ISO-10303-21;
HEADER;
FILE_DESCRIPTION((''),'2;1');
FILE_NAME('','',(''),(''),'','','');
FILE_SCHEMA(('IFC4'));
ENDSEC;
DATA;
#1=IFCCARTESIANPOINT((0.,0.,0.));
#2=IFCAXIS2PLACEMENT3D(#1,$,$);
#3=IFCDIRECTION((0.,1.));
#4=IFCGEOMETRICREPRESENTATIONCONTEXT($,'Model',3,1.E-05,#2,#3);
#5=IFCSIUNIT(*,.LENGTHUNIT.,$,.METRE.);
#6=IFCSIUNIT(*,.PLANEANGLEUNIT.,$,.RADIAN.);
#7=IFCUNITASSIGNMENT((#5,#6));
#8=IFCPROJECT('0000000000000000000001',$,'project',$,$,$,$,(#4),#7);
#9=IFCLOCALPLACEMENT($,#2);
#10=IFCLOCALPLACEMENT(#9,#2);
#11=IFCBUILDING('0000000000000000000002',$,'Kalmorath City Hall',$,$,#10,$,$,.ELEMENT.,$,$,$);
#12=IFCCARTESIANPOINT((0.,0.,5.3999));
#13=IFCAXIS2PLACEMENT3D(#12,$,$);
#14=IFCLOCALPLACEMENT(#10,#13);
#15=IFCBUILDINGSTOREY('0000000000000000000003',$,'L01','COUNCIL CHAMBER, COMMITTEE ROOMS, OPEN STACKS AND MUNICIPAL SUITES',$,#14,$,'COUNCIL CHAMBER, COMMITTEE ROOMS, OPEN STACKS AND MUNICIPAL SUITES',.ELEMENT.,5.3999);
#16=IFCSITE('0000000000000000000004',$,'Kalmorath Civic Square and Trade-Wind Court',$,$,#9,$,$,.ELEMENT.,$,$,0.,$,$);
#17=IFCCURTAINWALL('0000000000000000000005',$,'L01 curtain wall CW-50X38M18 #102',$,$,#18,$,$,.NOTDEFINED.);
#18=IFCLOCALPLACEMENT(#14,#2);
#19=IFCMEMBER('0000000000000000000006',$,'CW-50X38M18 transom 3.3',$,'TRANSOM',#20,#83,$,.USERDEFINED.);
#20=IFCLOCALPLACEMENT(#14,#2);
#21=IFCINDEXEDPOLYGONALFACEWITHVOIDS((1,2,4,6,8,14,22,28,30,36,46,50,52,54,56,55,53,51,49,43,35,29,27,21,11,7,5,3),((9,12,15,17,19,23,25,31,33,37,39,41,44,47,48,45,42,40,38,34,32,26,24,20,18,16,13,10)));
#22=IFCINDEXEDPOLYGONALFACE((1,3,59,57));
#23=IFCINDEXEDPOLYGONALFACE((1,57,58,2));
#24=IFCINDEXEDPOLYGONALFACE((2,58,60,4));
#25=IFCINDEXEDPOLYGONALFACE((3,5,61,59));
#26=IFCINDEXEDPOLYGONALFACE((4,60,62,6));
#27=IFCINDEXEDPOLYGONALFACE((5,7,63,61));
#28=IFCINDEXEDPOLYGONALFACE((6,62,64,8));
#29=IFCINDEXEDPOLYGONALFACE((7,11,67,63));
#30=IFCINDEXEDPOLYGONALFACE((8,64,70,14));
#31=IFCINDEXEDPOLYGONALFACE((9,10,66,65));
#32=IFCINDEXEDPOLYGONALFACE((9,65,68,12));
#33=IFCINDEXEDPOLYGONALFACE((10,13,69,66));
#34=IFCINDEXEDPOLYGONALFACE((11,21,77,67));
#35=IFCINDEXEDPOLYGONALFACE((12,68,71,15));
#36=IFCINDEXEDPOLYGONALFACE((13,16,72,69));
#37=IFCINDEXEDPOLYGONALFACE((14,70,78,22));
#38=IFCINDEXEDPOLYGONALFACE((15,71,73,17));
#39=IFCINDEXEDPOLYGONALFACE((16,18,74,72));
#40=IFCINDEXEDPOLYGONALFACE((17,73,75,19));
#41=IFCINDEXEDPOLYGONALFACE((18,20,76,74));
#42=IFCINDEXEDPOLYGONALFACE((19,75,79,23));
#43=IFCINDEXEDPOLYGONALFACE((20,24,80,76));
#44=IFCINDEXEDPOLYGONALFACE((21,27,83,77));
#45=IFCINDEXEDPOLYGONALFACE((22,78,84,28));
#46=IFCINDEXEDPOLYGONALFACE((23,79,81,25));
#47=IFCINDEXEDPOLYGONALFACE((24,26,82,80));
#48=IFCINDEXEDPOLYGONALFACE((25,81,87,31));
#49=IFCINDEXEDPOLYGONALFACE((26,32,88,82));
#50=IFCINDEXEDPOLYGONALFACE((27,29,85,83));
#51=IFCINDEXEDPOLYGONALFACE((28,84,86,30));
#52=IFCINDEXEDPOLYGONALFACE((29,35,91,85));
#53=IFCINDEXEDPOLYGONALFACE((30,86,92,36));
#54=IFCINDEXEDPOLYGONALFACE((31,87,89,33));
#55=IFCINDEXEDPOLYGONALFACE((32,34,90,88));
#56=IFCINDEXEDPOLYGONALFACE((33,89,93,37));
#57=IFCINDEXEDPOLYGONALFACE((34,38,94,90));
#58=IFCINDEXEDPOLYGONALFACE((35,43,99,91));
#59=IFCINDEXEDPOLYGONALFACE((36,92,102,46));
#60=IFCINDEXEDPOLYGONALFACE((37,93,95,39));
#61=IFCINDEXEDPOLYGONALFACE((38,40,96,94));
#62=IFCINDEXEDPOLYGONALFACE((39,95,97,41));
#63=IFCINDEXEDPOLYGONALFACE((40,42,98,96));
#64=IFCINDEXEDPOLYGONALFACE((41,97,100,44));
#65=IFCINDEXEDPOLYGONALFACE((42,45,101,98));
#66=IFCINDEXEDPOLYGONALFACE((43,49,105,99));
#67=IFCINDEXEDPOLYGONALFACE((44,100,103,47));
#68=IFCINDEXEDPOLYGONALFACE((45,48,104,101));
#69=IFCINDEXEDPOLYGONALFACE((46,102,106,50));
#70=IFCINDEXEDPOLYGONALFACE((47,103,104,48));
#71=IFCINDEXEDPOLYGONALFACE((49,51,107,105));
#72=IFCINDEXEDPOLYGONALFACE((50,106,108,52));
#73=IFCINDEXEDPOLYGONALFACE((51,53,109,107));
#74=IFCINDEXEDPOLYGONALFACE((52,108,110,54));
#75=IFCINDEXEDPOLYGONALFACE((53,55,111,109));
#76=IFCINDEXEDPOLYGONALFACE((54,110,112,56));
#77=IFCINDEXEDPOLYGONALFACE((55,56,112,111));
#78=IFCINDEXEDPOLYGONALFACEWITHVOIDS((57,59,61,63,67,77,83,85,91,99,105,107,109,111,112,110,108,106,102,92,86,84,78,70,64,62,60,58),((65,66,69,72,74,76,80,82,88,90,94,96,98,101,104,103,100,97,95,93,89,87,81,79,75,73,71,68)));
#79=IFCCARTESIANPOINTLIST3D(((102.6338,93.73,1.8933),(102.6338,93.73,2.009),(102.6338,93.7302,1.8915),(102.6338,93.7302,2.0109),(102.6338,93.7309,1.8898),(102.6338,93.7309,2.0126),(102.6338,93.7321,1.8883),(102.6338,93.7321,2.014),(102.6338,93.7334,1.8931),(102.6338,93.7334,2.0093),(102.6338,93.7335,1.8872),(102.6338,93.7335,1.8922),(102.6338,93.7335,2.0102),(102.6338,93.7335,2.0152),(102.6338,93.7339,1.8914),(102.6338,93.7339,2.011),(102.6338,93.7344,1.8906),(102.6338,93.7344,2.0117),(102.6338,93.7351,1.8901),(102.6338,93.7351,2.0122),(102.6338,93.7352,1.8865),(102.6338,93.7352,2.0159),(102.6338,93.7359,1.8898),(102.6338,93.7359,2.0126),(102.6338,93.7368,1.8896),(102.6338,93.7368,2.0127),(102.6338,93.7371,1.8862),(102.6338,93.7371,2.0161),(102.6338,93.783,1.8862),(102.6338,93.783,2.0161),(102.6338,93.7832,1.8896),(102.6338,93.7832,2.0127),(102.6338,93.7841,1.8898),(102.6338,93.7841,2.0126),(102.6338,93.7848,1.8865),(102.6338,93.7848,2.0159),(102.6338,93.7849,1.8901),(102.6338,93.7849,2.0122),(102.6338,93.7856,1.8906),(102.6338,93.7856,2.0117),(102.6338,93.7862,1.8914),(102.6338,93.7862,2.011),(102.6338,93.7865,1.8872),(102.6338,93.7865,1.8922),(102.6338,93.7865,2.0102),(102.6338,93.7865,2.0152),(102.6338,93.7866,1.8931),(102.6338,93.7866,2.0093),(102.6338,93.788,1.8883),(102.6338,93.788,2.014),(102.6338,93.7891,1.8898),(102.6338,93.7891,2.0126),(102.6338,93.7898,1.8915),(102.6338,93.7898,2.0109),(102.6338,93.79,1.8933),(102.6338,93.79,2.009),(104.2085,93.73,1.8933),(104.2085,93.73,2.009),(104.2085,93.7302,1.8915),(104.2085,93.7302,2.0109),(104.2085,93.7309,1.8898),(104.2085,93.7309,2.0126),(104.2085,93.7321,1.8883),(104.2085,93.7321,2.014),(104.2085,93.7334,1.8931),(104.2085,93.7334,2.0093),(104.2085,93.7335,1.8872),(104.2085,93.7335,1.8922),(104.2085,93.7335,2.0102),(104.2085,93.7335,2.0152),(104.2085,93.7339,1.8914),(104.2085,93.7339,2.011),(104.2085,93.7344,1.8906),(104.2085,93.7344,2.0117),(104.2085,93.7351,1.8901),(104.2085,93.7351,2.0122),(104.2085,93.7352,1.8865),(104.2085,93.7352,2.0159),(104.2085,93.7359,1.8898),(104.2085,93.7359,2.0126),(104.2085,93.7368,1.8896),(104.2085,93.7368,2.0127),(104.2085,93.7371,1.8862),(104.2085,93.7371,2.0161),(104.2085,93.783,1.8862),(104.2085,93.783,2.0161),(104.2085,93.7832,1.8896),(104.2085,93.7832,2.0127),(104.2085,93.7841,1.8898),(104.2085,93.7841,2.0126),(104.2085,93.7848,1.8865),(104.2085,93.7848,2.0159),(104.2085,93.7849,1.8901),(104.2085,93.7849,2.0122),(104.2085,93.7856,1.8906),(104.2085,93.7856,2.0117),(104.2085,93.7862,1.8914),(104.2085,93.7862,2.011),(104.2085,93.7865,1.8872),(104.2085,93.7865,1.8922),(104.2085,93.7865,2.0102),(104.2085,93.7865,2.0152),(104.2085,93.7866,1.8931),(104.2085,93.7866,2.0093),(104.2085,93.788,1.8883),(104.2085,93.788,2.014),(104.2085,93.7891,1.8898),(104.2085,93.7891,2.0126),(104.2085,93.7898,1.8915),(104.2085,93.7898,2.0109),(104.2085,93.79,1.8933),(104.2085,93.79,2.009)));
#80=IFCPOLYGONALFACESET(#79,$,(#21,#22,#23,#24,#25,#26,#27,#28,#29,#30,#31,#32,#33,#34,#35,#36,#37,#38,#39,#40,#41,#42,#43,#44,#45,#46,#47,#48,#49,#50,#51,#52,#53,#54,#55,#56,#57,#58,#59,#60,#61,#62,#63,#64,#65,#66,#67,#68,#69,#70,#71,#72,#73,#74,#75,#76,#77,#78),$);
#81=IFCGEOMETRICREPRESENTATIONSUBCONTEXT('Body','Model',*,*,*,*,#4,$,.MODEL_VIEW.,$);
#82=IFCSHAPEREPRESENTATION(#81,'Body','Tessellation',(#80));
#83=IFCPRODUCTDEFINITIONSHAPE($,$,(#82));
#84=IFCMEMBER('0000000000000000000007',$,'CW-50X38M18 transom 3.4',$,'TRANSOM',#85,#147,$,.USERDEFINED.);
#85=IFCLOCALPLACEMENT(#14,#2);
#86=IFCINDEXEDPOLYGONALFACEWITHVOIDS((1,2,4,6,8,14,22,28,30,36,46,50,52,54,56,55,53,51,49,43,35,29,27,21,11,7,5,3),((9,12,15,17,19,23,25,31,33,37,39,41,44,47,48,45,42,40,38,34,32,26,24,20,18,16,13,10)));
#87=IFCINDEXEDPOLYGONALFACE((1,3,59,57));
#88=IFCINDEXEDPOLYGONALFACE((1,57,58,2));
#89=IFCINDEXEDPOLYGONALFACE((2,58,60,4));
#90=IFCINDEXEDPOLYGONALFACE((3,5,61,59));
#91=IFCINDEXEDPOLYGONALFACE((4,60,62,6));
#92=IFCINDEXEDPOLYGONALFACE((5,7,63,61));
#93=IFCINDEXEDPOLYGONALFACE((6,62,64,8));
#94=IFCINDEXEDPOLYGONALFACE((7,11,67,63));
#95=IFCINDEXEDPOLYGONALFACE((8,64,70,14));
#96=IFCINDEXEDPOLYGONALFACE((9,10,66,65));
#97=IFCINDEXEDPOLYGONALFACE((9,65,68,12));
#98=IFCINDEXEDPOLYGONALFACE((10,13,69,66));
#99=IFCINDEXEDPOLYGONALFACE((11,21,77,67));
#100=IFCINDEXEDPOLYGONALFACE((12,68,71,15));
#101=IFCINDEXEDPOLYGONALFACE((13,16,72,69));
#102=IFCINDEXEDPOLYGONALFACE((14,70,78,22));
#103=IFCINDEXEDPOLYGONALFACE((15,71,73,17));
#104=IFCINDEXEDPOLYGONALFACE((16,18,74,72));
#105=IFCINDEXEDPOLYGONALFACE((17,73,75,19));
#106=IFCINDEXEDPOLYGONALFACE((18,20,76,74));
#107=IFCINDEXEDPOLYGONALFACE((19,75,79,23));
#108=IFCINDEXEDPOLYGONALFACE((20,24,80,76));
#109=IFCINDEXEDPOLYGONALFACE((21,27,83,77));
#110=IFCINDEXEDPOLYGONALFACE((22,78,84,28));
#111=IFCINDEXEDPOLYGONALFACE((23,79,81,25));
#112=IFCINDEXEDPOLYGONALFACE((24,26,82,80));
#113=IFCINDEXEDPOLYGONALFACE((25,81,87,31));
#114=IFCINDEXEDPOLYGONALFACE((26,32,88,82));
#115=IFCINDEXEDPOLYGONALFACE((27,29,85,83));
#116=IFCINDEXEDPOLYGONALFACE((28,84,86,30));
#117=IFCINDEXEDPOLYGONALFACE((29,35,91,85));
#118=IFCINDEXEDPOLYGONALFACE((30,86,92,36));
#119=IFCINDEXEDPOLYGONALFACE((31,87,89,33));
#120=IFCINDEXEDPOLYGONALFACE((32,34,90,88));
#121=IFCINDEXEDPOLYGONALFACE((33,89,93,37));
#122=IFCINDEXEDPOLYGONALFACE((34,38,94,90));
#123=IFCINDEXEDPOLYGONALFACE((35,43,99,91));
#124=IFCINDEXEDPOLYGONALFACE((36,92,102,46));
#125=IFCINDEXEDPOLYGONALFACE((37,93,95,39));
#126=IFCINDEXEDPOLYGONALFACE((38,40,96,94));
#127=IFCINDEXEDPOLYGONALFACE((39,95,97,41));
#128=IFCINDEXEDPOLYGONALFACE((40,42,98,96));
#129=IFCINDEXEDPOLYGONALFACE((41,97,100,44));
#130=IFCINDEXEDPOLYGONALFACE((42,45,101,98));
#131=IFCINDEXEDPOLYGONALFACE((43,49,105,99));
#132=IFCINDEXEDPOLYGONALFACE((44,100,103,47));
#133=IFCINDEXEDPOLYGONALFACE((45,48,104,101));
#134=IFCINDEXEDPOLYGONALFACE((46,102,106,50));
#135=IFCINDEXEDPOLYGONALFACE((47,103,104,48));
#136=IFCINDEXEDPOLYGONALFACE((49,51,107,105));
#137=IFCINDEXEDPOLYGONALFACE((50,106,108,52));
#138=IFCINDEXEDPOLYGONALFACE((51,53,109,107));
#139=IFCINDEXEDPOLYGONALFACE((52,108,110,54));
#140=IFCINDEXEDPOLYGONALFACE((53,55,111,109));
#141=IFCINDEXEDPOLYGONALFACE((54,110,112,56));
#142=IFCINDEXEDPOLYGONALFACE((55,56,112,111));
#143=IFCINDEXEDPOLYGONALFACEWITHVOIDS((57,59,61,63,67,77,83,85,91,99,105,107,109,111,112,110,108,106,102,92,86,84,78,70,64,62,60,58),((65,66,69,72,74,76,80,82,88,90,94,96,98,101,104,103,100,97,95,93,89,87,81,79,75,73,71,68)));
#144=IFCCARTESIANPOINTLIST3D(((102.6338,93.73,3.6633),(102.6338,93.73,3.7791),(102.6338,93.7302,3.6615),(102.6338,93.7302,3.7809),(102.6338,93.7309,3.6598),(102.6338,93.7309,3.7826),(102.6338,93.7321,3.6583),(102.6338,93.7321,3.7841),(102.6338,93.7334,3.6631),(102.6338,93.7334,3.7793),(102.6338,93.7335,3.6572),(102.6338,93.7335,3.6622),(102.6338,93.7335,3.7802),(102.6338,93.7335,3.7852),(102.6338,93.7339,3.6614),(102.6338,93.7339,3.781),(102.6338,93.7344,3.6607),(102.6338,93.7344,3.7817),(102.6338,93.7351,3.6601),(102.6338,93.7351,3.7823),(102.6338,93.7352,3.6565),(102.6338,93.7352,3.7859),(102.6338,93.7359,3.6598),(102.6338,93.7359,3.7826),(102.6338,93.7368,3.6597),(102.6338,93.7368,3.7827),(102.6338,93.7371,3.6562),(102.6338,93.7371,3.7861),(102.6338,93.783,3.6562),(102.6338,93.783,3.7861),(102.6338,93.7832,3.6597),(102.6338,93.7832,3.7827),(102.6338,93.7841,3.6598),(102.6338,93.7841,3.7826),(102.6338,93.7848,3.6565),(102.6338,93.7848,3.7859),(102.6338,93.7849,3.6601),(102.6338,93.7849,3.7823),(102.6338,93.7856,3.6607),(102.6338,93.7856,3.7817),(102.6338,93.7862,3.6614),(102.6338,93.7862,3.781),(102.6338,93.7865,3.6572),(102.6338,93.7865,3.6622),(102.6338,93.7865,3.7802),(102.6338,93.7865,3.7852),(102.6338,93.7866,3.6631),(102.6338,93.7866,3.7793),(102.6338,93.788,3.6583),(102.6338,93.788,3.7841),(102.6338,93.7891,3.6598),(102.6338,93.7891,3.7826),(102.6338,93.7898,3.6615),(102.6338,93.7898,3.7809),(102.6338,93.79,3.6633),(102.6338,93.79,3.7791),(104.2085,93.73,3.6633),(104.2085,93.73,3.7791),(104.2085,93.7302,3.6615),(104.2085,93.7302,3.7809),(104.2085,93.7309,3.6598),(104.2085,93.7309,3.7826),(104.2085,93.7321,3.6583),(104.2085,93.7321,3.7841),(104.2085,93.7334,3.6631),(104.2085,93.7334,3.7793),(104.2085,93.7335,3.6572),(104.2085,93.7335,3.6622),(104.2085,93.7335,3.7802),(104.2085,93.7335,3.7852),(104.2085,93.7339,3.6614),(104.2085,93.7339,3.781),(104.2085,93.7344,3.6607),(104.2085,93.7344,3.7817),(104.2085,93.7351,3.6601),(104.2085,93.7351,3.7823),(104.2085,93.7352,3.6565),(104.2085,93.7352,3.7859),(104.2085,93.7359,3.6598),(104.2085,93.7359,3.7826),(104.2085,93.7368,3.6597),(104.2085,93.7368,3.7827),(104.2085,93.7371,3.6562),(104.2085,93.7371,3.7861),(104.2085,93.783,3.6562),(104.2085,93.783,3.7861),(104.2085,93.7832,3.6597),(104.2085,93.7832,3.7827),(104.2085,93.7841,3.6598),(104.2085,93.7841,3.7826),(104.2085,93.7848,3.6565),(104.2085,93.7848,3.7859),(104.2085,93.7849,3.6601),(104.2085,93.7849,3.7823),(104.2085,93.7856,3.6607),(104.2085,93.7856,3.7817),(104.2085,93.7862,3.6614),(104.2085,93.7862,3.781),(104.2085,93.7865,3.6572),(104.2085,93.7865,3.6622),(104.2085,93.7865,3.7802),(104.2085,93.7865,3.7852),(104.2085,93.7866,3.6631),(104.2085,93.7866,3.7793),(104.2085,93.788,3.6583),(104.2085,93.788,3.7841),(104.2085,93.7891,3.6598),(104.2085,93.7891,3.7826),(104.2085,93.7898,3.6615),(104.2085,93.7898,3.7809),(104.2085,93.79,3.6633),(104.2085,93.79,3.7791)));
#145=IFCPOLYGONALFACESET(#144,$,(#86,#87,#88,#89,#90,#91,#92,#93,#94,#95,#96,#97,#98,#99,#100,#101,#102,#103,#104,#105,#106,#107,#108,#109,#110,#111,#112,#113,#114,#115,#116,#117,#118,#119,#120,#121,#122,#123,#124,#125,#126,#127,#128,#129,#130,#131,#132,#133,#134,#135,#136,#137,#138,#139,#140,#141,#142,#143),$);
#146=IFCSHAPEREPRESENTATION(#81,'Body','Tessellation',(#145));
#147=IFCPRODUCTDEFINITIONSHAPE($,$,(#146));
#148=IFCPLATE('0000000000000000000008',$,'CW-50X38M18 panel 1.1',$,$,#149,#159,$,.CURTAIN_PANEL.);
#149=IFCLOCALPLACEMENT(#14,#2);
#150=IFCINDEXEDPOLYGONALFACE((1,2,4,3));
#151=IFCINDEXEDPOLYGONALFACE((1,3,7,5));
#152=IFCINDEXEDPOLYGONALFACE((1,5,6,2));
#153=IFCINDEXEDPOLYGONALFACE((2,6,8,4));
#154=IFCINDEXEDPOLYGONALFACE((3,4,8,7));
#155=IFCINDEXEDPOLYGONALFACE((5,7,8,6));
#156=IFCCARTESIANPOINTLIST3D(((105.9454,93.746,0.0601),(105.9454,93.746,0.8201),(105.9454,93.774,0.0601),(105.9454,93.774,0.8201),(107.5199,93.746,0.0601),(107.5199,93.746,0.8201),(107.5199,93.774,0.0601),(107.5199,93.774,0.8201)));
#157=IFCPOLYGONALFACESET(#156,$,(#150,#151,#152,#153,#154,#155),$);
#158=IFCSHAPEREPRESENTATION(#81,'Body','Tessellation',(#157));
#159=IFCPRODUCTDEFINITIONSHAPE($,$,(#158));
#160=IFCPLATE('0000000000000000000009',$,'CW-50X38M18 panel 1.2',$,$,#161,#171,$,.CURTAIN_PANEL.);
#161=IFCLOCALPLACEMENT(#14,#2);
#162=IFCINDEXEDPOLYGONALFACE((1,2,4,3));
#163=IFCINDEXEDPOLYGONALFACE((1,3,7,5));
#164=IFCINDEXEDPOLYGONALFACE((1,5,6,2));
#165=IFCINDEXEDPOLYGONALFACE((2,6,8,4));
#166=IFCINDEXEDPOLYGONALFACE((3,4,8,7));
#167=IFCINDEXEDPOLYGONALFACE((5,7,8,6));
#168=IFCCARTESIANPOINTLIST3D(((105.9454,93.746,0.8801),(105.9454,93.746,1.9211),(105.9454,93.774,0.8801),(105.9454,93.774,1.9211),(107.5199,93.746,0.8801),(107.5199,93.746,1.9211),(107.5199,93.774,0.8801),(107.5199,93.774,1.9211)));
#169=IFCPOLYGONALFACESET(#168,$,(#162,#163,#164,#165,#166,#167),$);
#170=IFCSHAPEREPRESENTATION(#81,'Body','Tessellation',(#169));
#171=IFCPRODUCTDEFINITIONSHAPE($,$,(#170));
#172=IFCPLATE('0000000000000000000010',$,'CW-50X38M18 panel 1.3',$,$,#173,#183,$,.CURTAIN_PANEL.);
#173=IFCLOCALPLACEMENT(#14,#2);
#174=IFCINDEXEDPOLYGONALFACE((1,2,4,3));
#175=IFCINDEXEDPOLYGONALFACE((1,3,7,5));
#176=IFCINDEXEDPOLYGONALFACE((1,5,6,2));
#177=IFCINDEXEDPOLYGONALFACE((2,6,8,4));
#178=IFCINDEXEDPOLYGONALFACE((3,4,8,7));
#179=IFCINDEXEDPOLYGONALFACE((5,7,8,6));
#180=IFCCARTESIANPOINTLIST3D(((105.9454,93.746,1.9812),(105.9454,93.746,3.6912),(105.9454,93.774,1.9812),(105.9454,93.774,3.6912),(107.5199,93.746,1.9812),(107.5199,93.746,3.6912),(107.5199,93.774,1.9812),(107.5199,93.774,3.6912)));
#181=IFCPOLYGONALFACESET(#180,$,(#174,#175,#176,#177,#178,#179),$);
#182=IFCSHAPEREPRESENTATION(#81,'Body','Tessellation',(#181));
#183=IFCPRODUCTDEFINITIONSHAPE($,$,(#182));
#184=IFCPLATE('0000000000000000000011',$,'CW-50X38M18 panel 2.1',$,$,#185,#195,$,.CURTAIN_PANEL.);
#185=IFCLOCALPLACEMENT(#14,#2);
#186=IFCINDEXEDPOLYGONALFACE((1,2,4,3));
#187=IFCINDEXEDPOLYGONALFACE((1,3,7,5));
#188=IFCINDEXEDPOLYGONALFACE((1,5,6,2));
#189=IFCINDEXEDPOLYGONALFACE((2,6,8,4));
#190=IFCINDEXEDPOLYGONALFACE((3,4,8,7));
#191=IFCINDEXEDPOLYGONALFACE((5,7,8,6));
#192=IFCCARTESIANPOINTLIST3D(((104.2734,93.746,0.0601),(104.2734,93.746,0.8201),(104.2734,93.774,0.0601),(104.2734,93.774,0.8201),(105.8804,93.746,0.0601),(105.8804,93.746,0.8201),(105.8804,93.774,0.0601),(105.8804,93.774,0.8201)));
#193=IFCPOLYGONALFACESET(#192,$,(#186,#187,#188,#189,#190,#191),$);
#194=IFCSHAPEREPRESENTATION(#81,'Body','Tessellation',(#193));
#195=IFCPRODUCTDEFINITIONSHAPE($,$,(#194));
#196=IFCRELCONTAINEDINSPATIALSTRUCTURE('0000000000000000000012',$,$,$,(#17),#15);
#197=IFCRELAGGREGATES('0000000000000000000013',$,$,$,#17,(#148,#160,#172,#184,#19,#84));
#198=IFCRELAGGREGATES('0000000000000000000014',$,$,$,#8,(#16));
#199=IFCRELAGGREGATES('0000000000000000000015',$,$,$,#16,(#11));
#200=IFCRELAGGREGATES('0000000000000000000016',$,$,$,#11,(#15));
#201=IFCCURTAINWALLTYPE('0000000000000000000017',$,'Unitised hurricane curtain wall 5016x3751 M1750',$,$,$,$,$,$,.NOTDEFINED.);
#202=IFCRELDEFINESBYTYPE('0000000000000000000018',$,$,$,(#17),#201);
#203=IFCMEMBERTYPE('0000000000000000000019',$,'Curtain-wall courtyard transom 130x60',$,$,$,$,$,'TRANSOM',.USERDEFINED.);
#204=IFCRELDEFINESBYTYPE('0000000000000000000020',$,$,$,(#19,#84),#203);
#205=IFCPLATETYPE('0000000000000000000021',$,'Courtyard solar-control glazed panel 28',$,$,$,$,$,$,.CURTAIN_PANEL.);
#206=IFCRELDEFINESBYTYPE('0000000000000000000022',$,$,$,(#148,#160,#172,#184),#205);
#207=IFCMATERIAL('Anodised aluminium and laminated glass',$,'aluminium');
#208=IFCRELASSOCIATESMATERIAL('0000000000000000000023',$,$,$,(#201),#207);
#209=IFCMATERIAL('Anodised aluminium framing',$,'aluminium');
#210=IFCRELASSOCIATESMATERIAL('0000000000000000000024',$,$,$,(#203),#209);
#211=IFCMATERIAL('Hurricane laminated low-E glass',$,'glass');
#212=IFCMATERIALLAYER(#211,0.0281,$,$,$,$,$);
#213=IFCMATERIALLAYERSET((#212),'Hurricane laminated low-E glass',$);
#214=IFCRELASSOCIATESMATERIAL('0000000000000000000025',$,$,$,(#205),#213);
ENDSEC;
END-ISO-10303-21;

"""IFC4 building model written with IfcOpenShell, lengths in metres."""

from ifc_helpers import new_model, si_unit, direction, frame, origin, origin_2d, place, context, subcontext, project, spatial, rectangle, hollow_rectangle, extrude, material, layer, layer_set, material_profile, profile_set, type_object, element, aggregate, save


model = new_model("IFC4")

# Units and contexts
model_context = context("Model", 3, precision=1e-05, world=origin(), true_north=direction((0.0, 1.0)))
body_context = subcontext(model_context, "Body", "Model", "MODEL_VIEW")
ifc_project = project(units=[si_unit("LENGTHUNIT", "METRE"), si_unit("PLANEANGLEUNIT", "RADIAN")], contexts=[model_context])

# Site, building, storey
site_placement = place(None, origin())
site = spatial("IfcSite", under=ifc_project, at=site_placement, Name="Kalmorath Civic Square and Trade-Wind Court", CompositionType="ELEMENT", RefElevation=0.0)
building_placement = place(site_placement, origin())
building = spatial("IfcBuilding", under=site, at=building_placement, Name="Kalmorath City Hall", CompositionType="ELEMENT")
storey_placement = place(building_placement, frame((0.0, 0.0, 5.3999)))
storey = spatial("IfcBuildingStorey", under=building, at=storey_placement, Name="L01", Description="COUNCIL CHAMBER, COMMITTEE ROOMS, OPEN STACKS AND MUNICIPAL SUITES", LongName="COUNCIL CHAMBER, COMMITTEE ROOMS, OPEN STACKS AND MUNICIPAL SUITES", CompositionType="ELEMENT", Elevation=5.3999)

# Curtain wall, members, plates
ifc_material_1 = material(Name="Anodised aluminium and laminated glass", Category="aluminium")
curtain_wall_type = type_object("IfcCurtainWallType", Name="Unitised hurricane curtain wall 5016x3751 M1750", PredefinedType="NOTDEFINED", material=ifc_material_1)
curtain_wall_placement = place(storey_placement, origin())
curtain_wall = element("IfcCurtainWall", 1, at=curtain_wall_placement, inside=storey, type_object=curtain_wall_type, Name="L01 curtain wall CW-50X38M18 #102", PredefinedType="NOTDEFINED")
ifc_material_2 = material(Name="Anodised aluminium framing", Category="aluminium")
ifc_material_profile_1 = material_profile(ifc_material_2, hollow_rectangle(XDim=0.0601, YDim=0.1299, WallThickness=0.0034, InnerFilletRadius=0.0034, OuterFilletRadius=0.0071, at=origin_2d()), Name="ALU-TRN-130X60X3.5")
ifc_profile_set_1 = profile_set([ifc_material_profile_1], Name="Anodised aluminium framing")
member_type_1 = type_object("IfcMemberType", Name="Curtain-wall courtyard transom 130x60", ElementType="TRANSOM", PredefinedType="USERDEFINED", material=ifc_profile_set_1)
member_1_placement = place(storey_placement, frame((104.2085, 93.76, 1.9512), z_axis=(-1.0, 0.0, 0.0), x_axis=(0.0, -1.0, 0.0)))
member_1 = element("IfcMember", 2, at=member_1_placement, type_object=member_type_1, Name="CW-50X38M18 transom 3.3", ObjectType="TRANSOM", PredefinedType="USERDEFINED", context=body_context, shape_type="SweptSolid", body=[
    extrude(hollow_rectangle(XDim=0.0601, YDim=0.1299, WallThickness=0.0034, InnerFilletRadius=0.0034, OuterFilletRadius=0.0071, at=origin_2d()), origin(), (0.0, 0.0, 1.0), 1.5747),
])
member_2_placement = place(storey_placement, frame((104.2085, 93.76, 3.7212), z_axis=(-1.0, 0.0, 0.0), x_axis=(0.0, -1.0, 0.0)))
member_2 = element("IfcMember", 3, at=member_2_placement, type_object=member_type_1, Name="CW-50X38M18 transom 3.4", ObjectType="TRANSOM", PredefinedType="USERDEFINED", context=body_context, shape_type="SweptSolid", body=[
    extrude(hollow_rectangle(XDim=0.0601, YDim=0.1299, WallThickness=0.0034, InnerFilletRadius=0.0034, OuterFilletRadius=0.0071, at=origin_2d()), origin(), (0.0, 0.0, 1.0), 1.5747),
])
ifc_material_3 = material(Name="Hurricane laminated low-E glass", Category="glass")
ifc_layer = layer(ifc_material_3, 0.0281)
ifc_layer_set = layer_set([ifc_layer], Name="Hurricane laminated low-E glass")
plate_type = type_object("IfcPlateType", Name="Courtyard solar-control glazed panel 28", PredefinedType="CURTAIN_PANEL", material=ifc_layer_set)
plate_1_placement = place(storey_placement, frame((106.7327, 93.76, 0.0601), z_axis=(0.0, 0.0, 1.0), x_axis=(-1.0, 0.0, 0.0)))
plate_1 = element("IfcPlate", 4, at=plate_1_placement, type_object=plate_type, Name="CW-50X38M18 panel 1.1", PredefinedType="CURTAIN_PANEL", context=body_context, shape_type="SweptSolid", body=[
    extrude(rectangle(XDim=1.5745, YDim=0.0281, at=origin_2d()), origin(), (0.0, 0.0, 1.0), 0.76),
])
plate_2_placement = place(storey_placement, frame((106.7327, 93.76, 0.8801), z_axis=(0.0, 0.0, 1.0), x_axis=(-1.0, 0.0, 0.0)))
plate_2 = element("IfcPlate", 5, at=plate_2_placement, type_object=plate_type, Name="CW-50X38M18 panel 1.2", PredefinedType="CURTAIN_PANEL", context=body_context, shape_type="SweptSolid", body=[
    extrude(rectangle(XDim=1.5745, YDim=0.0281, at=origin_2d()), origin(), (0.0, 0.0, 1.0), 1.041),
])
plate_3_placement = place(storey_placement, frame((106.7327, 93.76, 1.9812), z_axis=(0.0, 0.0, 1.0), x_axis=(-1.0, 0.0, 0.0)))
plate_3 = element("IfcPlate", 6, at=plate_3_placement, type_object=plate_type, Name="CW-50X38M18 panel 1.3", PredefinedType="CURTAIN_PANEL", context=body_context, shape_type="SweptSolid", body=[
    extrude(rectangle(XDim=1.5745, YDim=0.0281, at=origin_2d()), origin(), (0.0, 0.0, 1.0), 1.71),
])
plate_4_placement = place(storey_placement, frame((105.0769, 93.76, 0.0601), z_axis=(0.0, 0.0, 1.0), x_axis=(-1.0, 0.0, 0.0)))
plate_4 = element("IfcPlate", 7, at=plate_4_placement, type_object=plate_type, Name="CW-50X38M18 panel 2.1", PredefinedType="CURTAIN_PANEL", context=body_context, shape_type="SweptSolid", body=[
    extrude(rectangle(XDim=1.6069, YDim=0.0281, at=origin_2d()), origin(), (0.0, 0.0, 1.0), 0.76),
])
aggregate(curtain_wall, [plate_1, plate_2, plate_3, plate_4, member_1, member_2])

save(model, "model.ifc")
